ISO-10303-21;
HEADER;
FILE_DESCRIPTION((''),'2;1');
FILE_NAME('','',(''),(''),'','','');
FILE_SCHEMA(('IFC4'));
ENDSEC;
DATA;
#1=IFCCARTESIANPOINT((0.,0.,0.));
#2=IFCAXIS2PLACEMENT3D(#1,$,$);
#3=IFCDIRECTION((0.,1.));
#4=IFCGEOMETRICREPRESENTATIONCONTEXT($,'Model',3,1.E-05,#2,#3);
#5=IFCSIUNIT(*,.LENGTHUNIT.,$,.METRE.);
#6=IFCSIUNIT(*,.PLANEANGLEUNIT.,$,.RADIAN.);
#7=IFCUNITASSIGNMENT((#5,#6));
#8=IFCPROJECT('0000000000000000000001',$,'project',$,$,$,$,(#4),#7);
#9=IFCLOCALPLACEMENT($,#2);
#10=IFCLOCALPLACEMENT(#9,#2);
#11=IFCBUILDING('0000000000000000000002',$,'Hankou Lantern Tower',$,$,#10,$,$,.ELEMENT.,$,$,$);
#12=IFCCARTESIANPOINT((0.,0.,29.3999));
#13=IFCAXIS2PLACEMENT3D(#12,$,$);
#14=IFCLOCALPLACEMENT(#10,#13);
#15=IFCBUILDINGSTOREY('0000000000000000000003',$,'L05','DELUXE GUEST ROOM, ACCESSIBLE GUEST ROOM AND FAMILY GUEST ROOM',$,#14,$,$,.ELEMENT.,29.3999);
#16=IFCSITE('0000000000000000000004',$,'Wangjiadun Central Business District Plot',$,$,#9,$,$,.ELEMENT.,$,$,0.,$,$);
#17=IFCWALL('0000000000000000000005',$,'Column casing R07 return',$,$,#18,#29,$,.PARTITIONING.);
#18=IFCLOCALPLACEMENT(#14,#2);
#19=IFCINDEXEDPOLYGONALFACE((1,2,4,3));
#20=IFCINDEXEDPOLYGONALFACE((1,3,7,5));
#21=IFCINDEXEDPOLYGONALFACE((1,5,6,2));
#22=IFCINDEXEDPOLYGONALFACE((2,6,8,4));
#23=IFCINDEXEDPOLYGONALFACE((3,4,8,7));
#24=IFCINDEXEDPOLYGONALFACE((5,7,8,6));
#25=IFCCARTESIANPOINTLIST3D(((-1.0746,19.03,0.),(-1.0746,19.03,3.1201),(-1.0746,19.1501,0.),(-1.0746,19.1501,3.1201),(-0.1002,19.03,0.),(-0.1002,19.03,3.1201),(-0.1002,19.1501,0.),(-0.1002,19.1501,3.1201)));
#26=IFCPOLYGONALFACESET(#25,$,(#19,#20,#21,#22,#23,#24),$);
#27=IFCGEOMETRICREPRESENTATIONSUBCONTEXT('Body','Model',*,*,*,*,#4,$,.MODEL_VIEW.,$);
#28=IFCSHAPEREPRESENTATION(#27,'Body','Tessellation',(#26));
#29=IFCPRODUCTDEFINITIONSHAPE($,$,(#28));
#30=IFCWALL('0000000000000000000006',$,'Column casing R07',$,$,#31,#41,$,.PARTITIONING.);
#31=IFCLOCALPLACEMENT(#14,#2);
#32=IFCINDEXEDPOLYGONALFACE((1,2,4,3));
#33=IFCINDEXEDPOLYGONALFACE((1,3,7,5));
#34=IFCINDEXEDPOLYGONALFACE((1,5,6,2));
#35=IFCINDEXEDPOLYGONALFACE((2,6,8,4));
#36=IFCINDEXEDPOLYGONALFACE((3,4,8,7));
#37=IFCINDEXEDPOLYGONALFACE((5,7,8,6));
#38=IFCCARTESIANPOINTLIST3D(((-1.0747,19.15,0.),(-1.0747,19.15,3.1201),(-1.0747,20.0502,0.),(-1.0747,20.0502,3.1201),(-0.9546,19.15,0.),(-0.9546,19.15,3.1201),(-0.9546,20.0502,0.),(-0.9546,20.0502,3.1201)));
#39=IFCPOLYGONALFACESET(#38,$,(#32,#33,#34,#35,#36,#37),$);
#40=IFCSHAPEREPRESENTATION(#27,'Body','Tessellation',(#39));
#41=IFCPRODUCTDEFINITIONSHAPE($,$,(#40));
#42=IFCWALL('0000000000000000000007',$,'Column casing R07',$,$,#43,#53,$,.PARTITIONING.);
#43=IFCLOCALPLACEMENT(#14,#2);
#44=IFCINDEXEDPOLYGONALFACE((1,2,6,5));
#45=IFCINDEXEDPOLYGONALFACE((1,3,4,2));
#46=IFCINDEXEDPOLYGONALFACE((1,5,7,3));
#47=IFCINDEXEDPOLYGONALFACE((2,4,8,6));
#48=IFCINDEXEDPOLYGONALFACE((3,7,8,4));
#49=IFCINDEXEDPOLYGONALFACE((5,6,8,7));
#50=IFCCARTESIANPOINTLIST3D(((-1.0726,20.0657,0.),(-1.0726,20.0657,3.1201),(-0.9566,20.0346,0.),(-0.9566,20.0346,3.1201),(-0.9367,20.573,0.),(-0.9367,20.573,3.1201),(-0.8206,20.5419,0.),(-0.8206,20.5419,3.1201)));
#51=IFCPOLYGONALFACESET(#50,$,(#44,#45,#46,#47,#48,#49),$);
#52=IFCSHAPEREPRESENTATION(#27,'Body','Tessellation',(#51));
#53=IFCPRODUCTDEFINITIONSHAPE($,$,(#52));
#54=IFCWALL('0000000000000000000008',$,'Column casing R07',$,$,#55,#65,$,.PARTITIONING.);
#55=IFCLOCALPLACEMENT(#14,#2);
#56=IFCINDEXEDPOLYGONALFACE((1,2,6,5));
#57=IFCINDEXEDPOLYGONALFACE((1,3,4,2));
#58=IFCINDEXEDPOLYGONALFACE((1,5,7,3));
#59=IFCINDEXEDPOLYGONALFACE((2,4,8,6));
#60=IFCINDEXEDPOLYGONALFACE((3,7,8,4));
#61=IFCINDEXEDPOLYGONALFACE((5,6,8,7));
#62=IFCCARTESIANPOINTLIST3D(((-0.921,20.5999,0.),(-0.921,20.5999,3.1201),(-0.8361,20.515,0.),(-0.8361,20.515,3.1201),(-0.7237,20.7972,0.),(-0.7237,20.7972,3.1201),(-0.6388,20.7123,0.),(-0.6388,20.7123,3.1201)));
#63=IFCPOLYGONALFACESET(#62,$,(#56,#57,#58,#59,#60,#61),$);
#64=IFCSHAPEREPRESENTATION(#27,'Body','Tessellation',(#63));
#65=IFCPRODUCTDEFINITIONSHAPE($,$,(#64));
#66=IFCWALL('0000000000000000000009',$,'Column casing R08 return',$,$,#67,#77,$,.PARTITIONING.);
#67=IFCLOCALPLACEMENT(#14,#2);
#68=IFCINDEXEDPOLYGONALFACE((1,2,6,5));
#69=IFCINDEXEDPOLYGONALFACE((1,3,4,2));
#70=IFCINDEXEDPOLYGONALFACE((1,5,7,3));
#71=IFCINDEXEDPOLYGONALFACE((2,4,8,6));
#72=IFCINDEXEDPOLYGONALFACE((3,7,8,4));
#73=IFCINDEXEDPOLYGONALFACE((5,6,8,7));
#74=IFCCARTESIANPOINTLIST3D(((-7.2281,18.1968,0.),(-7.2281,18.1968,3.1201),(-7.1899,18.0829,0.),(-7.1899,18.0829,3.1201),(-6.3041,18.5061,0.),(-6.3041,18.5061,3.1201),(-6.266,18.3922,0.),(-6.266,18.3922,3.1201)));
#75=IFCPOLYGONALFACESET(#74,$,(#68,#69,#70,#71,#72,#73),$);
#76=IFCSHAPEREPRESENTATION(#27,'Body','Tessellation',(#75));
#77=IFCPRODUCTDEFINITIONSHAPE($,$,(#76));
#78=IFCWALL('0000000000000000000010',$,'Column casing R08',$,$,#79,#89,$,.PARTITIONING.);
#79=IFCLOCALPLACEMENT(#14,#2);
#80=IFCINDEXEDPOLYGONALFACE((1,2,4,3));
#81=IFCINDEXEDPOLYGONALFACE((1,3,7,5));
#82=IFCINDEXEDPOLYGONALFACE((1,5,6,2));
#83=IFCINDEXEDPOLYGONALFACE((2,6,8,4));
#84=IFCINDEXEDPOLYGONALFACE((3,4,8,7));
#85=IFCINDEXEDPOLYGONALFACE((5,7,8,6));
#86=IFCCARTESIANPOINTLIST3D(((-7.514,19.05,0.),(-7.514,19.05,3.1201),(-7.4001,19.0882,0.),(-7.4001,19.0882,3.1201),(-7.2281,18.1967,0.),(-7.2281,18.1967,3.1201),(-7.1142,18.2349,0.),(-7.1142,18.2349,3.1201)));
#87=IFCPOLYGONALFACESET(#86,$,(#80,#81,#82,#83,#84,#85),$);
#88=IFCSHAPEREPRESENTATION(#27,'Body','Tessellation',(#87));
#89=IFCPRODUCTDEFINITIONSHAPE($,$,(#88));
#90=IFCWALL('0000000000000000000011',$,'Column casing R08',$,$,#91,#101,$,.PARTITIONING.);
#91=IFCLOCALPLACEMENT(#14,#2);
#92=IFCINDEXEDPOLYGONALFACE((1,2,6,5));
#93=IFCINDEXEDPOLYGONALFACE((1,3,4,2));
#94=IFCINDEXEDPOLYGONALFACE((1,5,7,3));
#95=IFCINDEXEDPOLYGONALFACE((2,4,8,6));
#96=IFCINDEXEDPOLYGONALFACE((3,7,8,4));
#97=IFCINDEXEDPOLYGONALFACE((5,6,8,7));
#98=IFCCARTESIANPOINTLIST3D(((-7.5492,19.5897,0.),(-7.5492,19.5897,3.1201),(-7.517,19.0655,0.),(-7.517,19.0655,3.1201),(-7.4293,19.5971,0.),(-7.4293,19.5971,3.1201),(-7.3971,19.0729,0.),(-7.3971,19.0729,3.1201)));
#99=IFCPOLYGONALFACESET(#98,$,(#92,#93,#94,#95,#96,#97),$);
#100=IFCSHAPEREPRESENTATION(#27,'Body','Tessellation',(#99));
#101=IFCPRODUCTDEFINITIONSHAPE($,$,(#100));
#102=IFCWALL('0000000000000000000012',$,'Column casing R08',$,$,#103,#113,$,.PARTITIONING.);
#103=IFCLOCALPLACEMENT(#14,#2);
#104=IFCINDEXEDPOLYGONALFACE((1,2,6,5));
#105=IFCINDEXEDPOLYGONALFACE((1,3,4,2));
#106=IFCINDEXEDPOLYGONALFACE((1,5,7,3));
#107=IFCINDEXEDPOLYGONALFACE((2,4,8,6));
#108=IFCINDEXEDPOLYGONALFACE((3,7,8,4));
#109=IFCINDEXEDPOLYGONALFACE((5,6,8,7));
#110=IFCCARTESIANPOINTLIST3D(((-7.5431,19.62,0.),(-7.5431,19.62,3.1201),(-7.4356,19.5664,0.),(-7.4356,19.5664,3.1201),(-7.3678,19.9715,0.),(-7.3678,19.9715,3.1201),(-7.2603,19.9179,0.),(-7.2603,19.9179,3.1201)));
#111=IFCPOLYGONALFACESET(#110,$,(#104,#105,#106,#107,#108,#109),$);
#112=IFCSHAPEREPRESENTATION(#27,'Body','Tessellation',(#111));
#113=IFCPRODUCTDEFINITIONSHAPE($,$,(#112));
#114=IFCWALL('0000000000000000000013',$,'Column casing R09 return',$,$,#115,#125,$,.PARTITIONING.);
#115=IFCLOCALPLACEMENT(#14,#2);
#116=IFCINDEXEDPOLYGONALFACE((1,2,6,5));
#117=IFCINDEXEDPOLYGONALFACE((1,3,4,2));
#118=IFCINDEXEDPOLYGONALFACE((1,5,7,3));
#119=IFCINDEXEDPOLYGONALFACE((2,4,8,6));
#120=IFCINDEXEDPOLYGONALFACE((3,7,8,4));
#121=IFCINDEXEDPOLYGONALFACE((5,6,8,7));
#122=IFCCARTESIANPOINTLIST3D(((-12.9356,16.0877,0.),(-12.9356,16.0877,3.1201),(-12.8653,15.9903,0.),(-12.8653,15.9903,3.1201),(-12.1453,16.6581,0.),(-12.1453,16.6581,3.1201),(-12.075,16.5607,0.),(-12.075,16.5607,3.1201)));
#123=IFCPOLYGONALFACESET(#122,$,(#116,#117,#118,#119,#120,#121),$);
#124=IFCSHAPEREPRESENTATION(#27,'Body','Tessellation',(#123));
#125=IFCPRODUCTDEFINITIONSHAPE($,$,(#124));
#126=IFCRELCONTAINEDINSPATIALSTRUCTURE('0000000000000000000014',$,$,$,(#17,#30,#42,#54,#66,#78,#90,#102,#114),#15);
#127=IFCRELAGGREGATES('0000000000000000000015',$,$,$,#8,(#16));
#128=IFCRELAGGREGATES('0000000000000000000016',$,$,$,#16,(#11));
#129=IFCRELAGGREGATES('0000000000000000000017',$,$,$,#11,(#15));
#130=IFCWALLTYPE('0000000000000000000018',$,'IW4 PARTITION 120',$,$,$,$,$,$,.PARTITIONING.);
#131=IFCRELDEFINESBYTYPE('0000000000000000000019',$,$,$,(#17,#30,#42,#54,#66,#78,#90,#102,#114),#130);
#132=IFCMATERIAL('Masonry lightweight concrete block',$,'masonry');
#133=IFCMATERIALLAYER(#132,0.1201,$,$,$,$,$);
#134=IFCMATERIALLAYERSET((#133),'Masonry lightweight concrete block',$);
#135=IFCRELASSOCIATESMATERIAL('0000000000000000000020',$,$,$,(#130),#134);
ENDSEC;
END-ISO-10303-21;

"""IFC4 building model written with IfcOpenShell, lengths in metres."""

from ifc_helpers import new_model, si_unit, direction, frame, frame_2d, origin, place, context, subcontext, project, spatial, rectangle, extrude, material, layer, layer_set, type_object, element, save


model = new_model("IFC4")

# Units and contexts
model_context = context("Model", 3, precision=1e-05, world=origin(), true_north=direction((0.0, 1.0)))
body_context = subcontext(model_context, "Body", "Model", "MODEL_VIEW")
ifc_project = project(units=[si_unit("LENGTHUNIT", "METRE"), si_unit("PLANEANGLEUNIT", "RADIAN")], contexts=[model_context])

# Site, building, storey
site_placement = place(None, origin())
site = spatial("IfcSite", under=ifc_project, at=site_placement, Name="Wangjiadun Central Business District Plot", CompositionType="ELEMENT", RefElevation=0.0)
building_placement = place(site_placement, origin())
building = spatial("IfcBuilding", under=site, at=building_placement, Name="Hankou Lantern Tower", CompositionType="ELEMENT")
storey_placement = place(building_placement, frame((0.0, 0.0, 29.3999)))
storey = spatial("IfcBuildingStorey", under=building, at=storey_placement, Name="L05", Description="DELUXE GUEST ROOM, ACCESSIBLE GUEST ROOM AND FAMILY GUEST ROOM", CompositionType="ELEMENT", Elevation=29.3999)

# Walls
ifc_material_1 = material(Name="Masonry lightweight concrete block", Category="masonry")
ifc_layer_1 = layer(ifc_material_1, 0.1201)
ifc_layer_set_1 = layer_set([ifc_layer_1], Name="Masonry lightweight concrete block")
wall_type_1 = type_object("IfcWallType", Name="IW4 PARTITION 120", PredefinedType="PARTITIONING", material=ifc_layer_set_1)
wall_1_placement = place(storey_placement, frame((-0.1001, 19.0901, 0.0), z_axis=(0.0, 0.0, 1.0), x_axis=(-1.0, 0.0, 0.0)))
element("IfcWall", 1, at=wall_1_placement, inside=storey, type_object=wall_type_1, Name="Column casing R07 return", PredefinedType="PARTITIONING", context=body_context, shape_type="SweptSolid", body=[
    extrude(rectangle(XDim=0.9744, YDim=0.1201, at=frame_2d((0.4873, 0.0))), origin(), (0.0, 0.0, 1.0), 3.1201),
])
wall_2_placement = place(storey_placement, frame((-1.0146, 19.1499, 0.0), z_axis=(0.0, 0.0, 1.0), x_axis=(0.0, 1.0, 0.0)))
element("IfcWall", 2, at=wall_2_placement, inside=storey, type_object=wall_type_1, Name="Column casing R07", PredefinedType="PARTITIONING", context=body_context, shape_type="SweptSolid", body=[
    extrude(rectangle(XDim=0.9001, YDim=0.1201, at=frame_2d((0.4502, 0.0))), origin(), (0.0, 0.0, 1.0), 3.1201),
])
wall_3_placement = place(storey_placement, frame((-1.0146, 20.05, 0.0), z_axis=(0.0, 0.0, 1.0), x_axis=(0.258906, 0.965902, 0.0)))
element("IfcWall", 3, at=wall_3_placement, inside=storey, type_object=wall_type_1, Name="Column casing R07", PredefinedType="PARTITIONING", context=body_context, shape_type="SweptSolid", body=[
    extrude(rectangle(XDim=0.5251, YDim=0.1201, at=frame_2d((0.2627, 0.0))), origin(), (0.0, 0.0, 1.0), 3.1201),
])
wall_4_placement = place(storey_placement, frame((-0.8787, 20.5574, 0.0), z_axis=(0.0, 0.0, 1.0), x_axis=(0.707107, 0.707107, 0.0)))
element("IfcWall", 4, at=wall_4_placement, inside=storey, type_object=wall_type_1, Name="Column casing R07", PredefinedType="PARTITIONING", context=body_context, shape_type="SweptSolid", body=[
    extrude(rectangle(XDim=0.2791, YDim=0.1201, at=frame_2d((0.1396, 0.0))), origin(), (0.0, 0.0, 1.0), 3.1201),
])
wall_5_placement = place(storey_placement, frame((-6.2849, 18.4492, 0.0), z_axis=(0.0, 0.0, 1.0), x_axis=(-0.948282, -0.31743, 0.0)))
element("IfcWall", 5, at=wall_5_placement, inside=storey, type_object=wall_type_1, Name="Column casing R08 return", PredefinedType="PARTITIONING", context=body_context, shape_type="SweptSolid", body=[
    extrude(rectangle(XDim=0.9744, YDim=0.1201, at=frame_2d((0.4873, 0.0))), origin(), (0.0, 0.0, 1.0), 3.1201),
])
wall_6_placement = place(storey_placement, frame((-7.1711, 18.2158, 0.0), z_axis=(0.0, 0.0, 1.0), x_axis=(-0.317692, 0.948194, 0.0)))
element("IfcWall", 6, at=wall_6_placement, inside=storey, type_object=wall_type_1, Name="Column casing R08", PredefinedType="PARTITIONING", context=body_context, shape_type="SweptSolid", body=[
    extrude(rectangle(XDim=0.8999, YDim=0.1201, at=frame_2d((0.45, 0.0))), origin(), (0.0, 0.0, 1.0), 3.1201),
])
wall_7_placement = place(storey_placement, frame((-7.457, 19.0691, 0.0), z_axis=(0.0, 0.0, 1.0), x_axis=(-0.061365, 0.998115, 0.0)))
element("IfcWall", 7, at=wall_7_placement, inside=storey, type_object=wall_type_1, Name="Column casing R08", PredefinedType="PARTITIONING", context=body_context, shape_type="SweptSolid", body=[
    extrude(rectangle(XDim=0.5251, YDim=0.1201, at=frame_2d((0.2627, 0.0))), origin(), (0.0, 0.0, 1.0), 3.1201),
])
wall_8_placement = place(storey_placement, frame((-7.4893, 19.5933, 0.0), z_axis=(0.0, 0.0, 1.0), x_axis=(0.446219, 0.894924, 0.0)))
element("IfcWall", 8, at=wall_8_placement, inside=storey, type_object=wall_type_1, Name="Column casing R08", PredefinedType="PARTITIONING", context=body_context, shape_type="SweptSolid", body=[
    extrude(rectangle(XDim=0.3928, YDim=0.1201, at=frame_2d((0.1963, 0.0))), origin(), (0.0, 0.0, 1.0), 3.1201),
])
wall_9_placement = place(storey_placement, frame((-12.1101, 16.6094, 0.0), z_axis=(0.0, 0.0, 1.0), x_axis=(-0.810897, -0.585189, 0.0)))
element("IfcWall", 9, at=wall_9_placement, inside=storey, type_object=wall_type_1, Name="Column casing R09 return", PredefinedType="PARTITIONING", context=body_context, shape_type="SweptSolid", body=[
    extrude(rectangle(XDim=0.9746, YDim=0.1201, at=frame_2d((0.4873, 0.0))), origin(), (0.0, 0.0, 1.0), 3.1201),
])

save(model, "model.ifc")
